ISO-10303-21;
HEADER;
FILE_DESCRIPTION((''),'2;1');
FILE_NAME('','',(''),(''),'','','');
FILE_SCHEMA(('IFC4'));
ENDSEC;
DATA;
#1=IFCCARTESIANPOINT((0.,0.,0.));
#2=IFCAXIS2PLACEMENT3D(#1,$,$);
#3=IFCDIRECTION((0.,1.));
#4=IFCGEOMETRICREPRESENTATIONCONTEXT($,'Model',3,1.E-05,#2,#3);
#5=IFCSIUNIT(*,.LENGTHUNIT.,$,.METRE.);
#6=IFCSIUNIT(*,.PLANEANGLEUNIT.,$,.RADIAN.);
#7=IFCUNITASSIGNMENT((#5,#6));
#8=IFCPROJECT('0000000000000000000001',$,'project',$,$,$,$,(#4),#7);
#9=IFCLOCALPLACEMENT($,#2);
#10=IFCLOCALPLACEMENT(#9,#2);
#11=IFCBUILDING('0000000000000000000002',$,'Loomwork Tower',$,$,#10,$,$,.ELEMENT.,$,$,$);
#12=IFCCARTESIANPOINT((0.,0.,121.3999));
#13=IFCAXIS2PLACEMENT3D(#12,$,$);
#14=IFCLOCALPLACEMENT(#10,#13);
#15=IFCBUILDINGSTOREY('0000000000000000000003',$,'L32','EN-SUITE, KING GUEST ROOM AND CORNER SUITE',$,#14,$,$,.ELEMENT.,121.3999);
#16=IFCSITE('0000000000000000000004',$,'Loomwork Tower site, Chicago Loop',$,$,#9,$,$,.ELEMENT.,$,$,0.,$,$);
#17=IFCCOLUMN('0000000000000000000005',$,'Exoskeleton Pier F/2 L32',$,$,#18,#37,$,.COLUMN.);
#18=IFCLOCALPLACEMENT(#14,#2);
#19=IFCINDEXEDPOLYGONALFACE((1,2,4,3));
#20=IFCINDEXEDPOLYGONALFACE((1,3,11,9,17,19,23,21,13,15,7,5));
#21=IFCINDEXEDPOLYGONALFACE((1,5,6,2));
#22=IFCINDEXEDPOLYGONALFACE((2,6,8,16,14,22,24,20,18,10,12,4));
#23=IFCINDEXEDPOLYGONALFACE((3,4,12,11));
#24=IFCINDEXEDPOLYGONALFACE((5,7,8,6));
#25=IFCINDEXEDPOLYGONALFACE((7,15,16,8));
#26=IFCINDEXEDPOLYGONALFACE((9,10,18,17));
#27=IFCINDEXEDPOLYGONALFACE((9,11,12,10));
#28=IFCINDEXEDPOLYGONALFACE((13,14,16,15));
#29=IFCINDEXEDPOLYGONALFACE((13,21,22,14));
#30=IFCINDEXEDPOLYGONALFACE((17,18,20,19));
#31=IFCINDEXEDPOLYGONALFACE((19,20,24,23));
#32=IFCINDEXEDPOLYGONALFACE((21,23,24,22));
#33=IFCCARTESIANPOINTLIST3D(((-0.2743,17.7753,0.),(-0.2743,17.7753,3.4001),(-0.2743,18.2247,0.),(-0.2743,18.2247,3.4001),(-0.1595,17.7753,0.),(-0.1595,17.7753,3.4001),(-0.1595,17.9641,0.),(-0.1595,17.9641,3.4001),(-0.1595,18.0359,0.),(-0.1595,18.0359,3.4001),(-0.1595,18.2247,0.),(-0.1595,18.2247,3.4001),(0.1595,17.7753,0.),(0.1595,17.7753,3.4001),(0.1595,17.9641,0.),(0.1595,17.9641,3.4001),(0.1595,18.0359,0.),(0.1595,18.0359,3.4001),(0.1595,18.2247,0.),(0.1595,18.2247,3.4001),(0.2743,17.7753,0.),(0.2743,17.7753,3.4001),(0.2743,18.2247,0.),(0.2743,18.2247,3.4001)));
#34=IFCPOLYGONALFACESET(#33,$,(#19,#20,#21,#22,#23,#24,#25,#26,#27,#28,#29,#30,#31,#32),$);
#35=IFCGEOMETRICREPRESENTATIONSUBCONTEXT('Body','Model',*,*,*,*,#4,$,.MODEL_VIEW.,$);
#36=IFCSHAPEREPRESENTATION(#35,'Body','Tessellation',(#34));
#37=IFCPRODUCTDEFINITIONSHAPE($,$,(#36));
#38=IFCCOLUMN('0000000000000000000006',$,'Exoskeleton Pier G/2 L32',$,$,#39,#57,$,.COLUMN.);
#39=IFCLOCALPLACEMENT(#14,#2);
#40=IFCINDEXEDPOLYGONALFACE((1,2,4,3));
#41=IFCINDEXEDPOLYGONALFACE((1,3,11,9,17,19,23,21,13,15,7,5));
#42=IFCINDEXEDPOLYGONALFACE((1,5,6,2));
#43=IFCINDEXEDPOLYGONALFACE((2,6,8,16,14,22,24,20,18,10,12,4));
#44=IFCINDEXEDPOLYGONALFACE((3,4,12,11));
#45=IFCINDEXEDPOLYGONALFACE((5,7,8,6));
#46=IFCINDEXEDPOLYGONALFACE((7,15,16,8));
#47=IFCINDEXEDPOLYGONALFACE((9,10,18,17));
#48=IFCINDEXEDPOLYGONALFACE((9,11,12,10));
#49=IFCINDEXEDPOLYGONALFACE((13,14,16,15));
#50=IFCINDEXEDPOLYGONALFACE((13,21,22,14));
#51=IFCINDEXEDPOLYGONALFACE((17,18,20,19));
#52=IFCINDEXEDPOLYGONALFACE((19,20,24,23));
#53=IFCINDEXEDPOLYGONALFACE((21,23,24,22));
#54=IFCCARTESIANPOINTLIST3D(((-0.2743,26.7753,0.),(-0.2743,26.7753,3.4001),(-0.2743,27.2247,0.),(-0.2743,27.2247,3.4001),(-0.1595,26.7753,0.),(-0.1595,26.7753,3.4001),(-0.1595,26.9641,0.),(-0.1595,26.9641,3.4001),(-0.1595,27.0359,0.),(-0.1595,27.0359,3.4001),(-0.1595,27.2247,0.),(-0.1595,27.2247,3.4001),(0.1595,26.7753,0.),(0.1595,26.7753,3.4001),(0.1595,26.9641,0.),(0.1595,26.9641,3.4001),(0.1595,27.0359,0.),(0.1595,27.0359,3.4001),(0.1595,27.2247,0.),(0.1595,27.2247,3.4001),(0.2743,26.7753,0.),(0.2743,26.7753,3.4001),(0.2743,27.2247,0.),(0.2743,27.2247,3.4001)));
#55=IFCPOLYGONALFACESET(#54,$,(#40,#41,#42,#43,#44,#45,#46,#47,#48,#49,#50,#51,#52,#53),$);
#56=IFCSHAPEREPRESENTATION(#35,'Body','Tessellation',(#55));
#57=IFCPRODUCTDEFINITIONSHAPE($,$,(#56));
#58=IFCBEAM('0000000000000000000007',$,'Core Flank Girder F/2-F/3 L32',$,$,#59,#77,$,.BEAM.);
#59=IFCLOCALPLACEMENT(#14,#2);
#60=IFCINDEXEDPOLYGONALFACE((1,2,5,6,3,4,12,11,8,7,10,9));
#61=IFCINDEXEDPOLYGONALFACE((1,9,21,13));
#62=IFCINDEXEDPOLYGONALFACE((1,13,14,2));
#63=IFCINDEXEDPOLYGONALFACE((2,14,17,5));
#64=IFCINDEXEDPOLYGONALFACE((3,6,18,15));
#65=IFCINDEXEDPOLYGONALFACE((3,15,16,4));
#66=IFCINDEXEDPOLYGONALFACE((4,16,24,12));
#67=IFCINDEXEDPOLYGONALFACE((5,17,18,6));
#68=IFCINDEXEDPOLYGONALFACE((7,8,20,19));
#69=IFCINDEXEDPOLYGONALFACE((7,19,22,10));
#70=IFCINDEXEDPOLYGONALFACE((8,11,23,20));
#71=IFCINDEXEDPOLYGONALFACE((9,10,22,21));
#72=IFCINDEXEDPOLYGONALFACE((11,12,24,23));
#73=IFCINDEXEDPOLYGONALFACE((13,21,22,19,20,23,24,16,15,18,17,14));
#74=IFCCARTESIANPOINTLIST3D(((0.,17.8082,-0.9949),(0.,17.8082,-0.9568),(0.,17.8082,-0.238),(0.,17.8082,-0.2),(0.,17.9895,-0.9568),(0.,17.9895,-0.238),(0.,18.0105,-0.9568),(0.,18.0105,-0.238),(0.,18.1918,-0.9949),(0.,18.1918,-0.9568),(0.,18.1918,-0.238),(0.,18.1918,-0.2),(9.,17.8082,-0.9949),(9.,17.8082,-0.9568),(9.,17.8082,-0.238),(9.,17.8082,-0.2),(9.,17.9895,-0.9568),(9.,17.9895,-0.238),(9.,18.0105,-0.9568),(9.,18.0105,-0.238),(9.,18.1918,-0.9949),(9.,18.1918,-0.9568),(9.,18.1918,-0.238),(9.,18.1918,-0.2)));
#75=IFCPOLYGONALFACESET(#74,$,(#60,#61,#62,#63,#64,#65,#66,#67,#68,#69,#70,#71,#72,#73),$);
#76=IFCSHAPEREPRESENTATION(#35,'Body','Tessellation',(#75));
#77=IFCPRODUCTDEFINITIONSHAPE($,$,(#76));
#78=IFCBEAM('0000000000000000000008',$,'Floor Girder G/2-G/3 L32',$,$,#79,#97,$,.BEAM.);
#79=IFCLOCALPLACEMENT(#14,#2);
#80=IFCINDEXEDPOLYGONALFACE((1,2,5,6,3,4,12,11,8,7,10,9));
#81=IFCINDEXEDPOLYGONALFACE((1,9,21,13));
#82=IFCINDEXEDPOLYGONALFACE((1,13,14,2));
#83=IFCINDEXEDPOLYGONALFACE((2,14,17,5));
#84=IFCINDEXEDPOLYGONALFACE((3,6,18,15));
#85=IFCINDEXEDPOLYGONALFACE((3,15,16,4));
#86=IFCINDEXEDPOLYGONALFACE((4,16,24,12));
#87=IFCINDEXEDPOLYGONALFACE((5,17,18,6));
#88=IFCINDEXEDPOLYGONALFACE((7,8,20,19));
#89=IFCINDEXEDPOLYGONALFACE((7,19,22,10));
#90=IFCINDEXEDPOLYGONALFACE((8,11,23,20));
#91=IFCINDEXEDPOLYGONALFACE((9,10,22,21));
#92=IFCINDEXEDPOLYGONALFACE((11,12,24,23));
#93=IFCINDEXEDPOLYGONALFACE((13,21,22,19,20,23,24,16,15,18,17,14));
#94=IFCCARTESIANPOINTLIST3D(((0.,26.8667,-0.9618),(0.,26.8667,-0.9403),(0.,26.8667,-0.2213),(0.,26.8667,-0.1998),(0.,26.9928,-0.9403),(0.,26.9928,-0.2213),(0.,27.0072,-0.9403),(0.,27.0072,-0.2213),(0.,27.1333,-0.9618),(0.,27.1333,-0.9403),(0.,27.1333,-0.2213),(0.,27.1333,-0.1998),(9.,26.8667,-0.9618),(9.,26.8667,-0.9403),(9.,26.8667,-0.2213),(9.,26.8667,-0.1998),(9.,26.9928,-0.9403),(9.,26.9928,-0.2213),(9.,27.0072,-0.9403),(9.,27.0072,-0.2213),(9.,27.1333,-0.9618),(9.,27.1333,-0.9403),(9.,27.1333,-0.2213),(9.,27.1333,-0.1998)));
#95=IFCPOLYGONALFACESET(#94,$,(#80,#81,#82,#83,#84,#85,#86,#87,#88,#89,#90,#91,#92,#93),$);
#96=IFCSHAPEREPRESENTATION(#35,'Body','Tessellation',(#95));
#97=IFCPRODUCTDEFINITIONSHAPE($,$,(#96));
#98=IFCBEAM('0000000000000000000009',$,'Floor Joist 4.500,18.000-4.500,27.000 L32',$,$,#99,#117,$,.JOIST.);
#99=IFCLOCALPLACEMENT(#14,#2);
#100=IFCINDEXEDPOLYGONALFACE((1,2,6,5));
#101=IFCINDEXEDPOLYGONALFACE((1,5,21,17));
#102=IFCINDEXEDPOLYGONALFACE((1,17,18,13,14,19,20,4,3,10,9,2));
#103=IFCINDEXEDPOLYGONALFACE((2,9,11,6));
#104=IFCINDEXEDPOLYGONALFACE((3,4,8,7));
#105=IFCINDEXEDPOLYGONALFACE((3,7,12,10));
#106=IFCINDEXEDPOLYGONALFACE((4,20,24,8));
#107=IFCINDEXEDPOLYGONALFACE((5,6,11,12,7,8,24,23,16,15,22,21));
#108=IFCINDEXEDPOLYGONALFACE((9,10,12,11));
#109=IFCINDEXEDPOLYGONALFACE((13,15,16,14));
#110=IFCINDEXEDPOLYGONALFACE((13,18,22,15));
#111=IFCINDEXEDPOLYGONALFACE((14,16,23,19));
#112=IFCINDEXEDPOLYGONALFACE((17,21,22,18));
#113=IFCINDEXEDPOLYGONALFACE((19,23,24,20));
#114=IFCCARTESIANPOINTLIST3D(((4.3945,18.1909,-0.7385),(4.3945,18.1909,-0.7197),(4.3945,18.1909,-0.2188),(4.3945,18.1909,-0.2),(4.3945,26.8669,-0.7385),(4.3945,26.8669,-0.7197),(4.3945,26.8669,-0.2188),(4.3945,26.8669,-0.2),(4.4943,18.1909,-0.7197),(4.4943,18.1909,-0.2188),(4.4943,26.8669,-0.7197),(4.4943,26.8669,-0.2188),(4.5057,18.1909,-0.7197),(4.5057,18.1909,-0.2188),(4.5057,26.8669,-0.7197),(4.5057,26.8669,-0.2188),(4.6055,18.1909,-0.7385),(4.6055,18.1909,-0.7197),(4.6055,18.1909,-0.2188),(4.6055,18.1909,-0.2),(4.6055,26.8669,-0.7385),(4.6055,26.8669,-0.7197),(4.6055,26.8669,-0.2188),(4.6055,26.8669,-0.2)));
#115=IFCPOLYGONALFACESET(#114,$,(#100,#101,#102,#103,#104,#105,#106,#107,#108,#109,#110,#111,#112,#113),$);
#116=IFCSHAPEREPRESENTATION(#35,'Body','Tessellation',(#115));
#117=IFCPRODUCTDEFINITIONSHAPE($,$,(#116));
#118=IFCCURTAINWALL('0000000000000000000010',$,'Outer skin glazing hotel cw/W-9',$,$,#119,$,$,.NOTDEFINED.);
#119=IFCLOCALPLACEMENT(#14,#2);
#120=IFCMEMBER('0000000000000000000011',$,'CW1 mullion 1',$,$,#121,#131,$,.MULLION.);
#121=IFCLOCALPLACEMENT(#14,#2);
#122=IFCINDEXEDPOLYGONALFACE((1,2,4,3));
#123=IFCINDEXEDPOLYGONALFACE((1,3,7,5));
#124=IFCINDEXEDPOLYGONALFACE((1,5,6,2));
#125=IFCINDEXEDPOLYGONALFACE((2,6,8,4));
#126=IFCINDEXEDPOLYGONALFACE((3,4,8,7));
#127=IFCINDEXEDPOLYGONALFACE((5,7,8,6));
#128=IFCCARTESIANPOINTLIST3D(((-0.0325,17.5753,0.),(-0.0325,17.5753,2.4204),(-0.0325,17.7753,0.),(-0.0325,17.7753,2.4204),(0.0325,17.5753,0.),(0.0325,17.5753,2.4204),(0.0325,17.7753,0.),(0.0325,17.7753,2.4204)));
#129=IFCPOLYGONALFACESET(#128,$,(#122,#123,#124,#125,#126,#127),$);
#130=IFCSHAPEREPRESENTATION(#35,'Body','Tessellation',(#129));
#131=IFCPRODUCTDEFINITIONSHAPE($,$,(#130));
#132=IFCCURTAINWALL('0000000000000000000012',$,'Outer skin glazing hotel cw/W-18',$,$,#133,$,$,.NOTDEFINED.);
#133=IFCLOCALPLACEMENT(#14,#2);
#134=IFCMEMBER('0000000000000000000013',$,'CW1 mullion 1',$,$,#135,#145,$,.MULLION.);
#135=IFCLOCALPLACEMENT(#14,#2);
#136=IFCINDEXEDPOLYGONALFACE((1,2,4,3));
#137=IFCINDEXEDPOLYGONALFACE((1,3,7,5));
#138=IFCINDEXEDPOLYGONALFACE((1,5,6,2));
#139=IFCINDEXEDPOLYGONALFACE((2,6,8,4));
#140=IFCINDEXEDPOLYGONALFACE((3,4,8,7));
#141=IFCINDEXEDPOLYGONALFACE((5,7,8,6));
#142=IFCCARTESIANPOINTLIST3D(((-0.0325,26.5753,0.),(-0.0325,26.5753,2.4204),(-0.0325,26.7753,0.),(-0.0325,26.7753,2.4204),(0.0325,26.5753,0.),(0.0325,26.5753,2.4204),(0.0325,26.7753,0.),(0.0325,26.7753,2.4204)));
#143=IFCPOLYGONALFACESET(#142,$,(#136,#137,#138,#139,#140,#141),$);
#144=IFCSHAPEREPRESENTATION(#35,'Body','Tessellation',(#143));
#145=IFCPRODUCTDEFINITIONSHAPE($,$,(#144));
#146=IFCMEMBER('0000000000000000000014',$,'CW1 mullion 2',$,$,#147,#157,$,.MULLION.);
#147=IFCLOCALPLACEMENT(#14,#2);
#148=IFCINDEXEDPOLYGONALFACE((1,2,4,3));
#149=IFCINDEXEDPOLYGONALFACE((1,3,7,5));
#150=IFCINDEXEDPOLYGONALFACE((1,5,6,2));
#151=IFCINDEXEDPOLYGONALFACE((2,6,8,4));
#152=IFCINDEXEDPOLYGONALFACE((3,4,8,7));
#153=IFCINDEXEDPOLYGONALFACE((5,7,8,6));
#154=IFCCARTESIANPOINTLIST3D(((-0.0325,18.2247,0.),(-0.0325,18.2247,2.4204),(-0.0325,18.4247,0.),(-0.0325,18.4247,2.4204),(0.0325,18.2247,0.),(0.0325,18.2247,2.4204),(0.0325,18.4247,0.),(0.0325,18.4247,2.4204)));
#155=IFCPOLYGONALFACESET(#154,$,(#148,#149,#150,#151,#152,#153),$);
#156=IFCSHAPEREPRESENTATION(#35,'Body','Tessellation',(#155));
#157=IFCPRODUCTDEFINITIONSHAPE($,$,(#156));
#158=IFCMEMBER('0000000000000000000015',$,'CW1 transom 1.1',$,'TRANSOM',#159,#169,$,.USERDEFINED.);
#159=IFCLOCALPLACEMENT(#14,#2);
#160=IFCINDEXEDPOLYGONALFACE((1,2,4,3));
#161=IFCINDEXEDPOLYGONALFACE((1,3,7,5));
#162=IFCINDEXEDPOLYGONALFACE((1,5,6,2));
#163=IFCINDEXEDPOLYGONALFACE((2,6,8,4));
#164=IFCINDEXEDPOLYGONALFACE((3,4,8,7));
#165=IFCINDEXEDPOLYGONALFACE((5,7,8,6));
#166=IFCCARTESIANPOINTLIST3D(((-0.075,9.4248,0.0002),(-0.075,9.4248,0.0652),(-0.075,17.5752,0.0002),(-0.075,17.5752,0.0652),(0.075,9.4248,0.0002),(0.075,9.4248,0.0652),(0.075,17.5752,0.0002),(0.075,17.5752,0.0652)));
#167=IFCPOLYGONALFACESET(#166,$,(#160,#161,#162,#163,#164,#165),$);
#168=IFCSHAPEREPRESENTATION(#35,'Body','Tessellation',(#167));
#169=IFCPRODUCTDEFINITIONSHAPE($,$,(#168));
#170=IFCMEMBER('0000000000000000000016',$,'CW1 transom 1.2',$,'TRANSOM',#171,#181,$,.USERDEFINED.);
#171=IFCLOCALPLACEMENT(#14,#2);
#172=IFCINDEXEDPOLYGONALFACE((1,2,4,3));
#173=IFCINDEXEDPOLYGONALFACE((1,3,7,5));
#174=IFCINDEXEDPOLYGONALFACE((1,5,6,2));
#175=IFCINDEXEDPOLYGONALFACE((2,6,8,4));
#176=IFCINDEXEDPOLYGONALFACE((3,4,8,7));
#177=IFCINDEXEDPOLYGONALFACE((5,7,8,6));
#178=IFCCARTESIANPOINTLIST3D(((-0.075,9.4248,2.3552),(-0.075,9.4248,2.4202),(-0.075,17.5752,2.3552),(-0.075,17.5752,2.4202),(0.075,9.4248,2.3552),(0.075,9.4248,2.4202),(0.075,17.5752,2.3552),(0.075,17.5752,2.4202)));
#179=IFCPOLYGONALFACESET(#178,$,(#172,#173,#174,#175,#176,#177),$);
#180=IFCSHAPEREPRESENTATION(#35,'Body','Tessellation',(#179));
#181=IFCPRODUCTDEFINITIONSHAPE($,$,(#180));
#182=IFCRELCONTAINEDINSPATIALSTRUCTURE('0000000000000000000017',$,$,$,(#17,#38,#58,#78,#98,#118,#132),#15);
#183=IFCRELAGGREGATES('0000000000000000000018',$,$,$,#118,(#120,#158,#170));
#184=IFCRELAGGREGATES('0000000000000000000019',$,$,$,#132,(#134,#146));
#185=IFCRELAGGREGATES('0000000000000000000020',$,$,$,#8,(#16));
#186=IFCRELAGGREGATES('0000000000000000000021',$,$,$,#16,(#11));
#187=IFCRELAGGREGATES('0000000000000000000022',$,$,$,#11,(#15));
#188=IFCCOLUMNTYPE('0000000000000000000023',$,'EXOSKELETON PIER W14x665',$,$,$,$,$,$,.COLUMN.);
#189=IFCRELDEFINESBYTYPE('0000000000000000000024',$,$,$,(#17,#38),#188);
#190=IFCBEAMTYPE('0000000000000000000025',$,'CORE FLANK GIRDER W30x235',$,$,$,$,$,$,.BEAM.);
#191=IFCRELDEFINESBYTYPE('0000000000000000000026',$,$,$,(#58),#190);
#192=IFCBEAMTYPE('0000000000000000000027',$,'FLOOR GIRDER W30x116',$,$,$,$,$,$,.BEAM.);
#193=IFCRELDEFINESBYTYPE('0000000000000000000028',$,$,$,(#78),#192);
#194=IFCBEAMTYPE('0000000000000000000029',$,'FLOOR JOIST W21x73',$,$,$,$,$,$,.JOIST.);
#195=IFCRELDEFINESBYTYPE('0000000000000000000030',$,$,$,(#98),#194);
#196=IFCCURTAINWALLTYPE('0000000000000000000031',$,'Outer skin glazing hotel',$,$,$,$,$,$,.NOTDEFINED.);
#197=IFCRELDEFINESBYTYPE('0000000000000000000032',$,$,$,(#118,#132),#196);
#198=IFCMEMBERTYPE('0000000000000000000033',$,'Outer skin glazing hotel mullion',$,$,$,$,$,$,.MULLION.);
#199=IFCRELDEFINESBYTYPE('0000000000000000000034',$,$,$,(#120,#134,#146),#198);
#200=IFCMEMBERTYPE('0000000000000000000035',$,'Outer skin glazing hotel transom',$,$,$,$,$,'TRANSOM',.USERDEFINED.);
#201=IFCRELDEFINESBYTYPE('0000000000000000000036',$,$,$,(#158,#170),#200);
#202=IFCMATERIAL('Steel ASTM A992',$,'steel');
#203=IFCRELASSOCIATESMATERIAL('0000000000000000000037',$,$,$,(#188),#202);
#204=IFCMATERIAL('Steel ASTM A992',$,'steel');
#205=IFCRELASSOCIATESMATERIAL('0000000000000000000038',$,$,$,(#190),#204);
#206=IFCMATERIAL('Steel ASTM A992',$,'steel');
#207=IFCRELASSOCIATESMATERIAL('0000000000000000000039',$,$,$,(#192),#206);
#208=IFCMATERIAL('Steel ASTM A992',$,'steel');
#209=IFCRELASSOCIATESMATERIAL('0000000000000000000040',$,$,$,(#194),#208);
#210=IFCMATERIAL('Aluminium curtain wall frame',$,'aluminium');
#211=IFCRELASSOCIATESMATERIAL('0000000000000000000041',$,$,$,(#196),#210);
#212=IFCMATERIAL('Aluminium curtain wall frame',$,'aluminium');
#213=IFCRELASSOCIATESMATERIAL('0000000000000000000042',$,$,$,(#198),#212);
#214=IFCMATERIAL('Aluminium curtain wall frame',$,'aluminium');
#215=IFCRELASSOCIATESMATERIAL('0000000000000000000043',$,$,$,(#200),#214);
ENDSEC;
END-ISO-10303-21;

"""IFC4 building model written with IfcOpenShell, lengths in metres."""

from ifc_helpers import new_model, si_unit, direction, frame, origin, origin_2d, place, context, subcontext, project, spatial, rectangle, i_section, extrude, material, material_profile, profile_set, type_object, element, aggregate, save


model = new_model("IFC4")

# Units and contexts
model_context = context("Model", 3, precision=1e-05, world=origin(), true_north=direction((0.0, 1.0)))
body_context = subcontext(model_context, "Body", "Model", "MODEL_VIEW")
ifc_project = project(units=[si_unit("LENGTHUNIT", "METRE"), si_unit("PLANEANGLEUNIT", "RADIAN")], contexts=[model_context])

# Site, building, storey
site_placement = place(None, origin())
site = spatial("IfcSite", under=ifc_project, at=site_placement, Name="Loomwork Tower site, Chicago Loop", CompositionType="ELEMENT", RefElevation=0.0)
building_placement = place(site_placement, origin())
building = spatial("IfcBuilding", under=site, at=building_placement, Name="Loomwork Tower", CompositionType="ELEMENT")
storey_placement = place(building_placement, frame((0.0, 0.0, 121.3999)))
storey = spatial("IfcBuildingStorey", under=building, at=storey_placement, Name="L32", Description="EN-SUITE, KING GUEST ROOM AND CORNER SUITE", CompositionType="ELEMENT", Elevation=121.3999)

# Columns
ifc_material_1 = material(Name="Steel ASTM A992", Category="steel")
ifc_material_profile_1 = material_profile(ifc_material_1, i_section(OverallWidth=0.4495, OverallDepth=0.5486, WebThickness=0.0718, FlangeThickness=0.1147, at=origin_2d()), Name="W14x665")
ifc_profile_set_1 = profile_set([ifc_material_profile_1], Name="Steel ASTM A992")
column_type = type_object("IfcColumnType", Name="EXOSKELETON PIER W14x665", PredefinedType="COLUMN", material=ifc_profile_set_1)
for number, where, z_axis, x_axis, name in (
    (1, (0.0, 18.0, 0.0), (0.0, 0.0, 1.0), (0.0, 1.0, 0.0), "Exoskeleton Pier F/2 L32"),
    (2, (0.0, 27.0, 0.0), (0.0, 0.0, 1.0), (0.0, 1.0, 0.0), "Exoskeleton Pier G/2 L32"),
):
    element("IfcColumn", number, at=place(storey_placement, frame(where, z_axis=z_axis, x_axis=x_axis)), inside=storey, type_object=column_type, Name=name, PredefinedType="COLUMN", context=body_context, shape_type="SweptSolid", body=[
        extrude(i_section(OverallWidth=0.4495, OverallDepth=0.5486, WebThickness=0.0718, FlangeThickness=0.1147, at=origin_2d()), origin(), (0.0, 0.0, 1.0), 3.4001),
    ])

# Beams
ifc_material_2 = material(Name="Steel ASTM A992", Category="steel")
ifc_material_profile_2 = material_profile(ifc_material_2, i_section(OverallWidth=0.3835, OverallDepth=0.7949, WebThickness=0.021, FlangeThickness=0.0381, at=origin_2d()), Name="W30x235")
ifc_profile_set_2 = profile_set([ifc_material_profile_2], Name="Steel ASTM A992")
beam_type_1 = type_object("IfcBeamType", Name="CORE FLANK GIRDER W30x235", PredefinedType="BEAM", material=ifc_profile_set_2)
beam_1_placement = place(storey_placement, frame((0.0, 18.0, -0.5974), z_axis=(1.0, 0.0, 0.0), x_axis=(0.0, 1.0, 0.0)))
element("IfcBeam", 3, at=beam_1_placement, inside=storey, type_object=beam_type_1, Name="Core Flank Girder F/2-F/3 L32", PredefinedType="BEAM", context=body_context, shape_type="SweptSolid", body=[
    extrude(i_section(OverallWidth=0.3835, OverallDepth=0.7949, WebThickness=0.021, FlangeThickness=0.0381, at=origin_2d()), origin(), (0.0, 0.0, 1.0), 9.0),
])
ifc_material_3 = material(Name="Steel ASTM A992", Category="steel")
ifc_material_profile_3 = material_profile(ifc_material_3, i_section(OverallWidth=0.2666, OverallDepth=0.762, WebThickness=0.0144, FlangeThickness=0.0215, at=origin_2d()), Name="W30x116")
ifc_profile_set_3 = profile_set([ifc_material_profile_3], Name="Steel ASTM A992")
beam_type_2 = type_object("IfcBeamType", Name="FLOOR GIRDER W30x116", PredefinedType="BEAM", material=ifc_profile_set_3)
beam_2_placement = place(storey_placement, frame((0.0, 27.0, -0.5808), z_axis=(1.0, 0.0, 0.0), x_axis=(0.0, 1.0, 0.0)))
element("IfcBeam", 4, at=beam_2_placement, inside=storey, type_object=beam_type_2, Name="Floor Girder G/2-G/3 L32", PredefinedType="BEAM", context=body_context, shape_type="SweptSolid", body=[
    extrude(i_section(OverallWidth=0.2666, OverallDepth=0.762, WebThickness=0.0144, FlangeThickness=0.0215, at=origin_2d()), origin(), (0.0, 0.0, 1.0), 9.0),
])
ifc_material_4 = material(Name="Steel ASTM A992", Category="steel")
ifc_material_profile_4 = material_profile(ifc_material_4, i_section(OverallWidth=0.2109, OverallDepth=0.5386, WebThickness=0.0115, FlangeThickness=0.0188, at=origin_2d()), Name="W21x73")
ifc_profile_set_4 = profile_set([ifc_material_profile_4], Name="Steel ASTM A992")
beam_type_3 = type_object("IfcBeamType", Name="FLOOR JOIST W21x73", PredefinedType="JOIST", material=ifc_profile_set_4)
beam_3_placement = place(storey_placement, frame((4.5, 18.1909, -0.4692), z_axis=(0.0, 1.0, 0.0), x_axis=(-1.0, 0.0, 0.0)))
element("IfcBeam", 5, at=beam_3_placement, inside=storey, type_object=beam_type_3, Name="Floor Joist 4.500,18.000-4.500,27.000 L32", PredefinedType="JOIST", context=body_context, shape_type="SweptSolid", body=[
    extrude(i_section(OverallWidth=0.2109, OverallDepth=0.5386, WebThickness=0.0115, FlangeThickness=0.0188, at=origin_2d()), origin(), (0.0, 0.0, 1.0), 8.676),
])

# Curtain wall, member
ifc_material_5 = material(Name="Aluminium curtain wall frame", Category="aluminium")
curtain_wall_type = type_object("IfcCurtainWallType", Name="Outer skin glazing hotel", PredefinedType="NOTDEFINED", material=ifc_material_5)
curtain_wall_1_placement = place(storey_placement, origin())
curtain_wall_1 = element("IfcCurtainWall", 6, at=curtain_wall_1_placement, inside=storey, type_object=curtain_wall_type, Name="Outer skin glazing hotel cw/W-9", PredefinedType="NOTDEFINED")
ifc_material_6 = material(Name="Aluminium curtain wall frame", Category="aluminium")
ifc_material_profile_5 = material_profile(ifc_material_6, rectangle(XDim=0.0649, YDim=0.2, at=origin_2d()), Name="AL 65x200")
ifc_profile_set_5 = profile_set([ifc_material_profile_5], Name="Aluminium curtain wall frame")
member_type_1 = type_object("IfcMemberType", Name="Outer skin glazing hotel mullion", PredefinedType="MULLION", material=ifc_profile_set_5)
member_1_placement = place(storey_placement, frame((0.0, 17.6753, 0.0), z_axis=(0.0, 0.0, 1.0), x_axis=(1.0, 0.0, 0.0)))
member_1 = element("IfcMember", 7, at=member_1_placement, type_object=member_type_1, Name="CW1 mullion 1", PredefinedType="MULLION", context=body_context, shape_type="SweptSolid", body=[
    extrude(rectangle(XDim=0.0649, YDim=0.2, at=origin_2d()), origin(), (0.0, 0.0, 1.0), 2.4204),
])

# Curtain wall, members
curtain_wall_2_placement = place(storey_placement, origin())
curtain_wall_2 = element("IfcCurtainWall", 8, at=curtain_wall_2_placement, inside=storey, type_object=curtain_wall_type, Name="Outer skin glazing hotel cw/W-18", PredefinedType="NOTDEFINED")
member_2_placement = place(storey_placement, frame((0.0, 26.6753, 0.0), z_axis=(0.0, 0.0, 1.0), x_axis=(1.0, 0.0, 0.0)))
member_2 = element("IfcMember", 9, at=member_2_placement, type_object=member_type_1, Name="CW1 mullion 1", PredefinedType="MULLION", context=body_context, shape_type="SweptSolid", body=[
    extrude(rectangle(XDim=0.0649, YDim=0.2, at=origin_2d()), origin(), (0.0, 0.0, 1.0), 2.4204),
])
member_3_placement = place(storey_placement, frame((0.0, 18.3247, 0.0), z_axis=(0.0, 0.0, 1.0), x_axis=(1.0, 0.0, 0.0)))
member_3 = element("IfcMember", 10, at=member_3_placement, type_object=member_type_1, Name="CW1 mullion 2", PredefinedType="MULLION", context=body_context, shape_type="SweptSolid", body=[
    extrude(rectangle(XDim=0.0649, YDim=0.2, at=origin_2d()), origin(), (0.0, 0.0, 1.0), 2.4204),
])

# Members
ifc_material_7 = material(Name="Aluminium curtain wall frame", Category="aluminium")
ifc_material_profile_6 = material_profile(ifc_material_7, rectangle(XDim=0.1499, YDim=0.0649, at=origin_2d()), Name="AL 65x150")
ifc_profile_set_6 = profile_set([ifc_material_profile_6], Name="Aluminium curtain wall frame")
member_type_2 = type_object("IfcMemberType", Name="Outer skin glazing hotel transom", ElementType="TRANSOM", PredefinedType="USERDEFINED", material=ifc_profile_set_6)
member_4_placement = place(storey_placement, frame((0.0, 17.5752, 0.0327), z_axis=(0.0, -1.0, 0.0), x_axis=(1.0, 0.0, 0.0)))
member_4 = element("IfcMember", 11, at=member_4_placement, type_object=member_type_2, Name="CW1 transom 1.1", ObjectType="TRANSOM", PredefinedType="USERDEFINED", context=body_context, shape_type="SweptSolid", body=[
    extrude(rectangle(XDim=0.1499, YDim=0.0649, at=origin_2d()), origin(), (0.0, 0.0, 1.0), 8.1504),
])
member_5_placement = place(storey_placement, frame((0.0, 17.5752, 2.3877), z_axis=(0.0, -1.0, 0.0), x_axis=(1.0, 0.0, 0.0)))
member_5 = element("IfcMember", 12, at=member_5_placement, type_object=member_type_2, Name="CW1 transom 1.2", ObjectType="TRANSOM", PredefinedType="USERDEFINED", context=body_context, shape_type="SweptSolid", body=[
    extrude(rectangle(XDim=0.1499, YDim=0.0649, at=origin_2d()), origin(), (0.0, 0.0, 1.0), 8.1504),
])
aggregate(curtain_wall_1, [member_1, member_4, member_5])

aggregate(curtain_wall_2, [member_2, member_3])

save(model, "model.ifc")
